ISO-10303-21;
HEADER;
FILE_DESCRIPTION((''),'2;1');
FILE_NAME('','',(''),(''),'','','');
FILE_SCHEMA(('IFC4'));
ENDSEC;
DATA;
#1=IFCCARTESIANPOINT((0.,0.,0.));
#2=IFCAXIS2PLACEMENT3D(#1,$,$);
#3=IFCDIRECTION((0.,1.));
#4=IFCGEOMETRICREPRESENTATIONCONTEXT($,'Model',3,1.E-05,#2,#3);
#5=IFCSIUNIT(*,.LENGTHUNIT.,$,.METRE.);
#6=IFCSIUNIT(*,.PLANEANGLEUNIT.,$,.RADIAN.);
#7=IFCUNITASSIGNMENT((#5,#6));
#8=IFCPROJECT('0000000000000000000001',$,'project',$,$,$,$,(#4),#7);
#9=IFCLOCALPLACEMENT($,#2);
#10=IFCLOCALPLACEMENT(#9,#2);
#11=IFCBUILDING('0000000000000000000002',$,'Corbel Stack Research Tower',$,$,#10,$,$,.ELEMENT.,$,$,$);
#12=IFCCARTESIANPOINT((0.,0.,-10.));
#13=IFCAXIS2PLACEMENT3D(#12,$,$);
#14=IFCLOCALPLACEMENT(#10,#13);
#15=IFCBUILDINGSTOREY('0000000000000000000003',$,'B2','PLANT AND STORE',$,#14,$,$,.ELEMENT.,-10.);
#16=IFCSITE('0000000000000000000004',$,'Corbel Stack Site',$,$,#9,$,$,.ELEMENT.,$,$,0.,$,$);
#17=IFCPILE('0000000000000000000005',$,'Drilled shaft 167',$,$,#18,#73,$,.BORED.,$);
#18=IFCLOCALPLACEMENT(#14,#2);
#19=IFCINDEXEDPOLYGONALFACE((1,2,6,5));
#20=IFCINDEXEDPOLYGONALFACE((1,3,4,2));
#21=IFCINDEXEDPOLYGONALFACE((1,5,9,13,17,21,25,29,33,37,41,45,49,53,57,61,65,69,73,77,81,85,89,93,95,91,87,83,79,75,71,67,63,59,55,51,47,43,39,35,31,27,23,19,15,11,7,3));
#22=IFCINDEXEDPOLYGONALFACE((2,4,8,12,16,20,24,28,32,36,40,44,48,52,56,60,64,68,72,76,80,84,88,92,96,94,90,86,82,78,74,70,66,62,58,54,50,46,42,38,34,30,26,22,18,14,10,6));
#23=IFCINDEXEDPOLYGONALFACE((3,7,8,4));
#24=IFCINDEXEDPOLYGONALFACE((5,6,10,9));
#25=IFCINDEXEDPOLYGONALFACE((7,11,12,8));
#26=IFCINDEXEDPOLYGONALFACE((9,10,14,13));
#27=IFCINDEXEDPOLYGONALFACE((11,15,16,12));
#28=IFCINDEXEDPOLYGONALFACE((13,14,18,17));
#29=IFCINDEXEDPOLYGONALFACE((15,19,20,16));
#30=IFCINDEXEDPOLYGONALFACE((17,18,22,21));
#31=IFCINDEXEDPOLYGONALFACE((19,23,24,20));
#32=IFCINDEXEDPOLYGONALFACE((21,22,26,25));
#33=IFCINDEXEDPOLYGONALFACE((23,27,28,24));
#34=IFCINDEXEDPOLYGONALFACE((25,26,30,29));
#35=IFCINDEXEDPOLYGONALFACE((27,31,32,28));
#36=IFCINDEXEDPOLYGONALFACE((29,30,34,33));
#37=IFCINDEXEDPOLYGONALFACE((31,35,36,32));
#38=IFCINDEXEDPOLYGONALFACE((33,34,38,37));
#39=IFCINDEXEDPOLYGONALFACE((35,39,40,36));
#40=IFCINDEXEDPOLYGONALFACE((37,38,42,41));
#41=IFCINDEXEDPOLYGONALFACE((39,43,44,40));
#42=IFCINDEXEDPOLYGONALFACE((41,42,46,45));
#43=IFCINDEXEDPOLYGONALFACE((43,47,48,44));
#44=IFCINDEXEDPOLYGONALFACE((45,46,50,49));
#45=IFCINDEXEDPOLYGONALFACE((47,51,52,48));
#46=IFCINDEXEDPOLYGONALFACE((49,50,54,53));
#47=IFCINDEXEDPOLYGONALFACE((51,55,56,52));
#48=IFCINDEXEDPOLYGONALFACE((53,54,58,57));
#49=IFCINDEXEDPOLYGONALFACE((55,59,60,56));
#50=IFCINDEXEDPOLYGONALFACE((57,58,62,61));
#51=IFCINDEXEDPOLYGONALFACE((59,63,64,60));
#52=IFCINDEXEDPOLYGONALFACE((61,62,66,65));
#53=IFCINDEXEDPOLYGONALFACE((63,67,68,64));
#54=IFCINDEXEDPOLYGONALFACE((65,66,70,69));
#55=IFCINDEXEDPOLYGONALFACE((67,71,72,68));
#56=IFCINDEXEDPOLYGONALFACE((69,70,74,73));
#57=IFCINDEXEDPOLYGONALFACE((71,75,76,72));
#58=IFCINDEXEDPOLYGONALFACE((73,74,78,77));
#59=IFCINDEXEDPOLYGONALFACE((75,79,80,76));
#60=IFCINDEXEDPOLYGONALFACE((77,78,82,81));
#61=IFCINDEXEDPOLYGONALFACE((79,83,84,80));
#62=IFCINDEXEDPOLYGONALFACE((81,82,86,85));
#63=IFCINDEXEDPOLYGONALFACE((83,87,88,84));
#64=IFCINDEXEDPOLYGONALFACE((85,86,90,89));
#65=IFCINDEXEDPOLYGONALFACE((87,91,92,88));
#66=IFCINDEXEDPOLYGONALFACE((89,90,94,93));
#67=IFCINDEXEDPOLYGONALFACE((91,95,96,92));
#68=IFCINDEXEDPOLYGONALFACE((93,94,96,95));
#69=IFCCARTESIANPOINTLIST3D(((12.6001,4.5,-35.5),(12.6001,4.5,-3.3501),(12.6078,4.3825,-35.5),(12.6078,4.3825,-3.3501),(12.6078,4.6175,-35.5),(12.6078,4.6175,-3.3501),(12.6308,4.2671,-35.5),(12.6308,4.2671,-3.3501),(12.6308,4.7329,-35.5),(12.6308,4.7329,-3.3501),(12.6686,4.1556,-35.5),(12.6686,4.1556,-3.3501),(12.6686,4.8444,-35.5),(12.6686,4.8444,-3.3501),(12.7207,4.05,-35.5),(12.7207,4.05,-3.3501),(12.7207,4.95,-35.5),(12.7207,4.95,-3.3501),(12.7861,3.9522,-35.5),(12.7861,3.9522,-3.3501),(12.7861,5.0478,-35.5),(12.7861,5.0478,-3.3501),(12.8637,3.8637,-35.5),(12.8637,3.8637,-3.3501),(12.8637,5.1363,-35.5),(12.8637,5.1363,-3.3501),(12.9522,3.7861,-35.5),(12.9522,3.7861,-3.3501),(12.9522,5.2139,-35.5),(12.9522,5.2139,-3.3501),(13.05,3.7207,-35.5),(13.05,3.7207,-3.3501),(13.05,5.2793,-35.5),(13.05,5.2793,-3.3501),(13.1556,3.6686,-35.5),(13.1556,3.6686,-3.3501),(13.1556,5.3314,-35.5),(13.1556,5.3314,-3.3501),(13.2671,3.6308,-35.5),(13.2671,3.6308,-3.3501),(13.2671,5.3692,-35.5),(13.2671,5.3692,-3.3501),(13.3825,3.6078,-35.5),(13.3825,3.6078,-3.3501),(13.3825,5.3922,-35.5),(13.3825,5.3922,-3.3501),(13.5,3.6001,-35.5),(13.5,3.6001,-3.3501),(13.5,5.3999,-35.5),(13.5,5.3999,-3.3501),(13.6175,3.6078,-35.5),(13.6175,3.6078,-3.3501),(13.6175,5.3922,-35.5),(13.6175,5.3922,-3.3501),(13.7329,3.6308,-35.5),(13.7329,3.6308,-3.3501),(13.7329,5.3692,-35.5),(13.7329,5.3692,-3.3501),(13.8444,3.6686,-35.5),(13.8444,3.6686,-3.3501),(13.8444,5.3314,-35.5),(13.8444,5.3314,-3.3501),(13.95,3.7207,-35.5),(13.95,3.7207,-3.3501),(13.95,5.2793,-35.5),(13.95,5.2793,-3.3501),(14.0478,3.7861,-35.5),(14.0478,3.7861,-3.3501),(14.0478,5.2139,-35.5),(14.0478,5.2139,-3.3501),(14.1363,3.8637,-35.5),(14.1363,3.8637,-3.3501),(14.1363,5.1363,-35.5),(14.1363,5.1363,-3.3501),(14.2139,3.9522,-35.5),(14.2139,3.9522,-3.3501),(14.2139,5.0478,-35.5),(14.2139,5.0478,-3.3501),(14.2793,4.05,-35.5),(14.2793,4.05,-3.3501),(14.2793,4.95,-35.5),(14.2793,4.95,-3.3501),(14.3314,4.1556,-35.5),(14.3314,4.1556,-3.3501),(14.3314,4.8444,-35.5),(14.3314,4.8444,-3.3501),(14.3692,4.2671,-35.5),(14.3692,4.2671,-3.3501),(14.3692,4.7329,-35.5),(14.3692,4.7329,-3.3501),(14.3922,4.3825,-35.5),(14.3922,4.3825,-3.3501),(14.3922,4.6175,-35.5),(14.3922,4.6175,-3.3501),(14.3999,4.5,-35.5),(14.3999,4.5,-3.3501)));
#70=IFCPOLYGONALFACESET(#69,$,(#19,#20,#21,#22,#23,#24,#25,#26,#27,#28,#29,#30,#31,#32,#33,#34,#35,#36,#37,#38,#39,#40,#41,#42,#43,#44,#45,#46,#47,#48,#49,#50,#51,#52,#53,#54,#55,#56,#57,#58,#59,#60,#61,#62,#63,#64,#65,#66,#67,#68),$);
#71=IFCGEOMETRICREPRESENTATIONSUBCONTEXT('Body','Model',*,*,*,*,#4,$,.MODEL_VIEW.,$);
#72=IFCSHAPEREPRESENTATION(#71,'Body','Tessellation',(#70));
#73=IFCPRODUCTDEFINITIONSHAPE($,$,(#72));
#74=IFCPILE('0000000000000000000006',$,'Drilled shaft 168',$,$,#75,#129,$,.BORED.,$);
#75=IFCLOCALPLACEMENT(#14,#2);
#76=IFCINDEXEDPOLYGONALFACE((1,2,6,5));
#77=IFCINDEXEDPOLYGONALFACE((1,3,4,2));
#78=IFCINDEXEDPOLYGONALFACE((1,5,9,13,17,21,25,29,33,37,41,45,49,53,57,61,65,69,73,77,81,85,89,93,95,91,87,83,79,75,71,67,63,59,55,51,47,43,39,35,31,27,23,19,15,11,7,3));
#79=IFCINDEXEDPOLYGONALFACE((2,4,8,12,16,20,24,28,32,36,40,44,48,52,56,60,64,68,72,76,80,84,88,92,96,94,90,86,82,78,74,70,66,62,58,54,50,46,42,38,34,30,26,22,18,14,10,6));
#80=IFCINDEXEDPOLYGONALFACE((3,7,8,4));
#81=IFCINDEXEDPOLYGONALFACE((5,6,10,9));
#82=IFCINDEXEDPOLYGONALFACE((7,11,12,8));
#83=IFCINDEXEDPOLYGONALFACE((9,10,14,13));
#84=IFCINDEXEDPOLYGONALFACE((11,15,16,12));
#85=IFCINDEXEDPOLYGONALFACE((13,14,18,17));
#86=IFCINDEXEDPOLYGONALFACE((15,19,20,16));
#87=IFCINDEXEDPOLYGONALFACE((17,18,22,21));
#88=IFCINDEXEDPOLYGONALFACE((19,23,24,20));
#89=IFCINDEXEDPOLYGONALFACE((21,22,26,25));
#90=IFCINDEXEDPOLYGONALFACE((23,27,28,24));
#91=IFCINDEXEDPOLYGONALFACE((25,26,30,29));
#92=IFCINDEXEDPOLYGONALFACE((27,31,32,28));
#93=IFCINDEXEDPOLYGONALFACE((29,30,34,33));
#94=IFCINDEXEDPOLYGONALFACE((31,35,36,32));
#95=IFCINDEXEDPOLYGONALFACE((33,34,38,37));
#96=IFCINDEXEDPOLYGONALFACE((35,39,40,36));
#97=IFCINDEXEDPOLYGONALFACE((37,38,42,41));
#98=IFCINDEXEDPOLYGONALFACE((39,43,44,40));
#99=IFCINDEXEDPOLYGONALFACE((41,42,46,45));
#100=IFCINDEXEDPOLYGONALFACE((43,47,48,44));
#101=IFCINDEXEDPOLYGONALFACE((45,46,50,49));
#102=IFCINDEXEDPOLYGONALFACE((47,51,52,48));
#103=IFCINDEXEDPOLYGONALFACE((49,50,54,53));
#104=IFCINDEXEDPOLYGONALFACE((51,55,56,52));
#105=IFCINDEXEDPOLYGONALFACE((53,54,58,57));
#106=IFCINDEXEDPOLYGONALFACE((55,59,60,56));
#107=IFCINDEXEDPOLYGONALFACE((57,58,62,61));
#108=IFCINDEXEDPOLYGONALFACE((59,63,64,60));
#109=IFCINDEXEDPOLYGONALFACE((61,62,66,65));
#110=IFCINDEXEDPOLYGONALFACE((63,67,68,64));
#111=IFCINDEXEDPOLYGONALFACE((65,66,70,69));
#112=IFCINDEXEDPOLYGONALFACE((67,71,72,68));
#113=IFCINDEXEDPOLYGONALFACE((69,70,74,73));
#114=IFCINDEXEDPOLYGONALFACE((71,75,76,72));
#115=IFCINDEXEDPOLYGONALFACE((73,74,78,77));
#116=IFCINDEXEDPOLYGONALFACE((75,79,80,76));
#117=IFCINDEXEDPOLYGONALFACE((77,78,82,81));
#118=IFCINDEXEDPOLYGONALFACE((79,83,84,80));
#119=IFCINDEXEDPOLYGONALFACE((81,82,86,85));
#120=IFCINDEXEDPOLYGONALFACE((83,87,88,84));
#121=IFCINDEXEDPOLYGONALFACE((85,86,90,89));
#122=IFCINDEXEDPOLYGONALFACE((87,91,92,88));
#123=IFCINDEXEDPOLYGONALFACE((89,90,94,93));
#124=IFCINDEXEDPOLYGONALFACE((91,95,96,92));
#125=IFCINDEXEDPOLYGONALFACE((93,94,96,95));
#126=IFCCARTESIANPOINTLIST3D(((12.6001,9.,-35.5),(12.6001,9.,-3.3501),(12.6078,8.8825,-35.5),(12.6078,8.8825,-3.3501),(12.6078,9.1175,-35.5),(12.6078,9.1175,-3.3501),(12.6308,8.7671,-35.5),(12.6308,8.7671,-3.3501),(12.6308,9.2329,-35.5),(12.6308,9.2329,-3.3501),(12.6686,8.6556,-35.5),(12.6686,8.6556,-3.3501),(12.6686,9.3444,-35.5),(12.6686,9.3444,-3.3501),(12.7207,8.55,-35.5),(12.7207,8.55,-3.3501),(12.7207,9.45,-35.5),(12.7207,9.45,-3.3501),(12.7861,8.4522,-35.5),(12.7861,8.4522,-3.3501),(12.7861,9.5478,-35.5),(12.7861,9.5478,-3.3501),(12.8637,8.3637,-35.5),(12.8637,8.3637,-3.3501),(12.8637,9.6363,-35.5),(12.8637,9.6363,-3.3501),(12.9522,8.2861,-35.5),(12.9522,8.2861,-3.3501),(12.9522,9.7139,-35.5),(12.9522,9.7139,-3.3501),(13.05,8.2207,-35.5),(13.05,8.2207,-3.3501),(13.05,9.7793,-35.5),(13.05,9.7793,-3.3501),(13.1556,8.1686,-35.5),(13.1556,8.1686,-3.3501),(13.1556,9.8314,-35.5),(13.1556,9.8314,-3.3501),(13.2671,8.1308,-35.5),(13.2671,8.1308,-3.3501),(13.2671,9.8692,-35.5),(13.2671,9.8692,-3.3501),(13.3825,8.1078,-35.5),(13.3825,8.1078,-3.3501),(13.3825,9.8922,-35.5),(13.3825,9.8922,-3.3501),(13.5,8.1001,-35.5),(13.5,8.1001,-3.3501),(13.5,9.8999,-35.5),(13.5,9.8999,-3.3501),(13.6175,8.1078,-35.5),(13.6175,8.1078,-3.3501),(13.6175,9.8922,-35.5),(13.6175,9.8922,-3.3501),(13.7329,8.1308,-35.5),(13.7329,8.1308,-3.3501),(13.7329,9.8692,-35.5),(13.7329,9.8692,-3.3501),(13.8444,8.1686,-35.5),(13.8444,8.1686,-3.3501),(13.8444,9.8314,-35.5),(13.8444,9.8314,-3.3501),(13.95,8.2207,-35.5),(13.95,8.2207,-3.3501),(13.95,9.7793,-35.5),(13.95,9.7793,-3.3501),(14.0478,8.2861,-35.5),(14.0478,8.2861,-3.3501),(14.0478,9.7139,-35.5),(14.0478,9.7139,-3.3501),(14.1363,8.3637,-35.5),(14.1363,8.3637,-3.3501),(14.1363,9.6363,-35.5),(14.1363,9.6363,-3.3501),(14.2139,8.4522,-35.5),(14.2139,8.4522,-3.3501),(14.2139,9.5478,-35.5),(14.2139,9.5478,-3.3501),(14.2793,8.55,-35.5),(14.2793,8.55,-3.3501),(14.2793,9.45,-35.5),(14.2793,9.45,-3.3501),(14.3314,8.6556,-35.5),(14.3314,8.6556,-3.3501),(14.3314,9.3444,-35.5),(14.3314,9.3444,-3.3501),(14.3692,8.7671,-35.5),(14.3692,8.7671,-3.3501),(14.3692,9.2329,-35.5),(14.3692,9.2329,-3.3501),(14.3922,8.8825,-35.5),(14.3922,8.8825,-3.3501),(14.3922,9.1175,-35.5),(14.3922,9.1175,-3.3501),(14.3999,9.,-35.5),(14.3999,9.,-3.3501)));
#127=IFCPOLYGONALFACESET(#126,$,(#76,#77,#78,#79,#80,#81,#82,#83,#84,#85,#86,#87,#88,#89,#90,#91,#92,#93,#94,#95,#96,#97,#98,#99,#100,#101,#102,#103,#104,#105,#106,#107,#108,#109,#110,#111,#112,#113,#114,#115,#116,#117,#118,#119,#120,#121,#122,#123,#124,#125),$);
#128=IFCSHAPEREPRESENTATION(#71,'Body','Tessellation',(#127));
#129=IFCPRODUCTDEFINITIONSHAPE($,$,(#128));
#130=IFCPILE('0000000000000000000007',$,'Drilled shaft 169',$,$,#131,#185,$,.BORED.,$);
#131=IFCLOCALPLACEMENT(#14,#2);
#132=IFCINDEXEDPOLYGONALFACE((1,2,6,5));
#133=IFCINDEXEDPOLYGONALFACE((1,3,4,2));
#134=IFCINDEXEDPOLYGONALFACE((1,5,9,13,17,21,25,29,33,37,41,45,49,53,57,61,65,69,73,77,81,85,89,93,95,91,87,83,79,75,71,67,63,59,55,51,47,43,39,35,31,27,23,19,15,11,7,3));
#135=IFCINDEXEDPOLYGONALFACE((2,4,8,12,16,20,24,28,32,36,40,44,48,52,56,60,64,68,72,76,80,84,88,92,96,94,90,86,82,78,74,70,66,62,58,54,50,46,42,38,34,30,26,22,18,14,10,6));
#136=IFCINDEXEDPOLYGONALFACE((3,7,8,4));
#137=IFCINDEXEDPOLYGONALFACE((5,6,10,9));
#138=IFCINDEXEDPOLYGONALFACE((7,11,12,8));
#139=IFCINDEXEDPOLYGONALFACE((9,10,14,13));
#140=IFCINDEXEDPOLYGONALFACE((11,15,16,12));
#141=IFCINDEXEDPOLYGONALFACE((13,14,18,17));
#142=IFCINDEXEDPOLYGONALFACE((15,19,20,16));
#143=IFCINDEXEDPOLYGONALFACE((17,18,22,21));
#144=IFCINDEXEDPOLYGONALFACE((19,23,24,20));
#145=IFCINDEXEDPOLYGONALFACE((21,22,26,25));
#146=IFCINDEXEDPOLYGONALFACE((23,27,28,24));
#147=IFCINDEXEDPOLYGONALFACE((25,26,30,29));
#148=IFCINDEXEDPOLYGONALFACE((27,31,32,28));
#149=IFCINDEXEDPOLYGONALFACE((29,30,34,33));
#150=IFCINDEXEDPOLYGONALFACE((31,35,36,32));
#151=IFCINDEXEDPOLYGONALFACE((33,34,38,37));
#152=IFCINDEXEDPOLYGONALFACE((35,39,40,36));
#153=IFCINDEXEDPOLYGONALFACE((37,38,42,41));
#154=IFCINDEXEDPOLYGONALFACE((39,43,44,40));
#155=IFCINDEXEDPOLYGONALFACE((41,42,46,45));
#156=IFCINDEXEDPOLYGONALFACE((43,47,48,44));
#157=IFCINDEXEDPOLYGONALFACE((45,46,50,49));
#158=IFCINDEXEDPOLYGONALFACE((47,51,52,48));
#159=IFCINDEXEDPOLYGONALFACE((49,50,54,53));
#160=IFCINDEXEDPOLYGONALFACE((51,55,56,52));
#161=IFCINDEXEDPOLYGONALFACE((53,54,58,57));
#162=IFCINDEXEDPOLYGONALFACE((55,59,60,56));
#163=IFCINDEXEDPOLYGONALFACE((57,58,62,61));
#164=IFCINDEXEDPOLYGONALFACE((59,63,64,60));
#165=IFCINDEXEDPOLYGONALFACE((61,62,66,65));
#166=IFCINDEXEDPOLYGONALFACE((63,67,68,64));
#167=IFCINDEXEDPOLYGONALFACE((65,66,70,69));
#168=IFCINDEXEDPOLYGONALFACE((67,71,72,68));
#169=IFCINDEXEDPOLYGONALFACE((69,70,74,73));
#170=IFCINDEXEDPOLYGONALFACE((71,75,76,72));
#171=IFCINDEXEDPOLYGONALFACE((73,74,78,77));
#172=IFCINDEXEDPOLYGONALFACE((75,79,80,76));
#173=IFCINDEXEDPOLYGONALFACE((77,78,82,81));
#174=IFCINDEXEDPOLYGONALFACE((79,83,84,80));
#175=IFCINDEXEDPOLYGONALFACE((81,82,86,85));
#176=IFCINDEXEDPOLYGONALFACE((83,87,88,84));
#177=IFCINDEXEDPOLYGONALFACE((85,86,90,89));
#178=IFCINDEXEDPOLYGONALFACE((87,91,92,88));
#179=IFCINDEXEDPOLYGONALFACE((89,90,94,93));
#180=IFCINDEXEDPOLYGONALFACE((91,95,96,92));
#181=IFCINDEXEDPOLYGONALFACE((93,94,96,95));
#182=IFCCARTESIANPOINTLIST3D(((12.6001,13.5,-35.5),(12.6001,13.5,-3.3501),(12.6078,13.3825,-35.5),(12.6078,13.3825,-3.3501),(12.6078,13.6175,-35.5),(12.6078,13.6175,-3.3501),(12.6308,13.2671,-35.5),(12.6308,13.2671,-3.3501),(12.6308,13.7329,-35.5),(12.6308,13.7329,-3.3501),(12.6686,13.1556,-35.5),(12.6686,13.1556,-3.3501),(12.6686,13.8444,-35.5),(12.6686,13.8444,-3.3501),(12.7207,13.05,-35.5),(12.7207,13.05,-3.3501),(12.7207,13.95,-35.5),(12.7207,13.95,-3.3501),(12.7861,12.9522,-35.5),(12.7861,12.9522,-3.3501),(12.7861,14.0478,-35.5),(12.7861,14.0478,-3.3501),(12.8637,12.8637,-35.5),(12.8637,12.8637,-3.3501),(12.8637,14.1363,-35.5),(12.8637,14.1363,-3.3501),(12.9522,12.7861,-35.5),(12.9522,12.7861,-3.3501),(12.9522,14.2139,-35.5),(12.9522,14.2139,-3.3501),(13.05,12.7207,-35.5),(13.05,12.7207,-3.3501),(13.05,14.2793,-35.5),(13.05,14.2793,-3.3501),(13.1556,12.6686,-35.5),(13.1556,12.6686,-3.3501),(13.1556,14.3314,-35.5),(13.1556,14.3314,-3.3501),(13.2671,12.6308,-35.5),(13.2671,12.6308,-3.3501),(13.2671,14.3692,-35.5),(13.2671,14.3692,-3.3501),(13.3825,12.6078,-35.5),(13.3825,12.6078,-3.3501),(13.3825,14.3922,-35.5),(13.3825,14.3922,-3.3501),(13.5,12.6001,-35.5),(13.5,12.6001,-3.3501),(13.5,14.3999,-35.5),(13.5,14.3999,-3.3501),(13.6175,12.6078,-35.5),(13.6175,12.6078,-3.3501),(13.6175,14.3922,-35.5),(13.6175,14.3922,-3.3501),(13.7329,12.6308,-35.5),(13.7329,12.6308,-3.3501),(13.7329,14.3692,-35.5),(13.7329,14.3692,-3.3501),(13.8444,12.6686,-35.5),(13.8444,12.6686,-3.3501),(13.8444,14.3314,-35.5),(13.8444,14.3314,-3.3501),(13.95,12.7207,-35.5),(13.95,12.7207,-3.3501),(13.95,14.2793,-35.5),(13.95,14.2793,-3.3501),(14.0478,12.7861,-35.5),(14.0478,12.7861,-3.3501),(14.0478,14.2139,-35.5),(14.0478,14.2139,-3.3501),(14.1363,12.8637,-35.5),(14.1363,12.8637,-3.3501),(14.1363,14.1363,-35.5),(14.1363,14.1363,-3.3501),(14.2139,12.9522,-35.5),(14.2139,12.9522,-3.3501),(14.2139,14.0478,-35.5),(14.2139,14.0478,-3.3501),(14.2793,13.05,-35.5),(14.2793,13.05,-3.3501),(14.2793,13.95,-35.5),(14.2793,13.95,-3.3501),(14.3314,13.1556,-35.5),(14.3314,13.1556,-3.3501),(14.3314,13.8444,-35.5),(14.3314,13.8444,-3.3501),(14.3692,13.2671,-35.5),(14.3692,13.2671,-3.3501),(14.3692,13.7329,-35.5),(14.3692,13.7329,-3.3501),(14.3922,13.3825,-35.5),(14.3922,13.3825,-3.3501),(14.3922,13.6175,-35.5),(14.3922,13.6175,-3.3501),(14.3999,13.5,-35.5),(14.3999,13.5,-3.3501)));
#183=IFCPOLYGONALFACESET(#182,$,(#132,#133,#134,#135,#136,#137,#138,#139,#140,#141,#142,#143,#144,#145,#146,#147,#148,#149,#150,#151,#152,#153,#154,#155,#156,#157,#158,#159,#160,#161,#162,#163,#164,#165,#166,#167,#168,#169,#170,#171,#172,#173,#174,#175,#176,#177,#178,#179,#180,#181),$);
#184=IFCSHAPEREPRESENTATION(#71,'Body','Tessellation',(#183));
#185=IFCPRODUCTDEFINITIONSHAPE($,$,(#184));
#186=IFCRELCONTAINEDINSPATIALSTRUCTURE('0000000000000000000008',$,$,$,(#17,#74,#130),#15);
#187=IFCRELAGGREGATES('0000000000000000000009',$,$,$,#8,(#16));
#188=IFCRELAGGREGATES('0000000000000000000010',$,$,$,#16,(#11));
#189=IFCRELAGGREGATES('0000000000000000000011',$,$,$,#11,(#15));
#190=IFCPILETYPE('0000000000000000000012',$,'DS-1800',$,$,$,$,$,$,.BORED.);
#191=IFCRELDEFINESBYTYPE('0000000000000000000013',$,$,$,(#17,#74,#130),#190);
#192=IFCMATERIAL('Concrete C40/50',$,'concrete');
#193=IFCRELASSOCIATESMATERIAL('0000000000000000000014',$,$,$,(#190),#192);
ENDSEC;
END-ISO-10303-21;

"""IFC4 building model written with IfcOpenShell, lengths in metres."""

from ifc_helpers import new_model, si_unit, direction, frame, origin, origin_2d, place, context, subcontext, project, spatial, circle, extrude, material, material_profile, profile_set, type_object, element, save


model = new_model("IFC4")

# Units and contexts
model_context = context("Model", 3, precision=1e-05, world=origin(), true_north=direction((0.0, 1.0)))
body_context = subcontext(model_context, "Body", "Model", "MODEL_VIEW")
ifc_project = project(units=[si_unit("LENGTHUNIT", "METRE"), si_unit("PLANEANGLEUNIT", "RADIAN")], contexts=[model_context])

# Site, building, storey
site_placement = place(None, origin())
site = spatial("IfcSite", under=ifc_project, at=site_placement, Name="Corbel Stack Site", CompositionType="ELEMENT", RefElevation=0.0)
building_placement = place(site_placement, origin())
building = spatial("IfcBuilding", under=site, at=building_placement, Name="Corbel Stack Research Tower", CompositionType="ELEMENT")
storey_placement = place(building_placement, frame((0.0, 0.0, -10.0)))
storey = spatial("IfcBuildingStorey", under=building, at=storey_placement, Name="B2", Description="PLANT AND STORE", CompositionType="ELEMENT", Elevation=-10.0)

# Piles
ifc_material_1 = material(Name="Concrete C40/50", Category="concrete")
ifc_material_profile = material_profile(ifc_material_1, circle(Radius=0.8999, at=origin_2d()), Name="Shaft 1800")
ifc_profile_set = profile_set([ifc_material_profile], Name="Concrete C40/50")
pile_type = type_object("IfcPileType", Name="DS-1800", PredefinedType="BORED", material=ifc_profile_set)
for number, where, z_axis, x_axis, name in (
    (1, (13.5, 4.5, -3.3501), (0.0, 0.0, -1.0), (1.0, 0.0, 0.0), "Drilled shaft 167"),
    (2, (13.5, 9.0, -3.3501), (0.0, 0.0, -1.0), (1.0, 0.0, 0.0), "Drilled shaft 168"),
    (3, (13.5, 13.5, -3.3501), (0.0, 0.0, -1.0), (1.0, 0.0, 0.0), "Drilled shaft 169"),
):
    element("IfcPile", number, at=place(storey_placement, frame(where, z_axis=z_axis, x_axis=x_axis)), inside=storey, type_object=pile_type, Name=name, PredefinedType="BORED", context=body_context, shape_type="SweptSolid", body=[
        extrude(circle(Radius=0.8999, at=origin_2d()), origin(), (0.0, 0.0, 1.0), 32.1499),
    ])

save(model, "model.ifc")
